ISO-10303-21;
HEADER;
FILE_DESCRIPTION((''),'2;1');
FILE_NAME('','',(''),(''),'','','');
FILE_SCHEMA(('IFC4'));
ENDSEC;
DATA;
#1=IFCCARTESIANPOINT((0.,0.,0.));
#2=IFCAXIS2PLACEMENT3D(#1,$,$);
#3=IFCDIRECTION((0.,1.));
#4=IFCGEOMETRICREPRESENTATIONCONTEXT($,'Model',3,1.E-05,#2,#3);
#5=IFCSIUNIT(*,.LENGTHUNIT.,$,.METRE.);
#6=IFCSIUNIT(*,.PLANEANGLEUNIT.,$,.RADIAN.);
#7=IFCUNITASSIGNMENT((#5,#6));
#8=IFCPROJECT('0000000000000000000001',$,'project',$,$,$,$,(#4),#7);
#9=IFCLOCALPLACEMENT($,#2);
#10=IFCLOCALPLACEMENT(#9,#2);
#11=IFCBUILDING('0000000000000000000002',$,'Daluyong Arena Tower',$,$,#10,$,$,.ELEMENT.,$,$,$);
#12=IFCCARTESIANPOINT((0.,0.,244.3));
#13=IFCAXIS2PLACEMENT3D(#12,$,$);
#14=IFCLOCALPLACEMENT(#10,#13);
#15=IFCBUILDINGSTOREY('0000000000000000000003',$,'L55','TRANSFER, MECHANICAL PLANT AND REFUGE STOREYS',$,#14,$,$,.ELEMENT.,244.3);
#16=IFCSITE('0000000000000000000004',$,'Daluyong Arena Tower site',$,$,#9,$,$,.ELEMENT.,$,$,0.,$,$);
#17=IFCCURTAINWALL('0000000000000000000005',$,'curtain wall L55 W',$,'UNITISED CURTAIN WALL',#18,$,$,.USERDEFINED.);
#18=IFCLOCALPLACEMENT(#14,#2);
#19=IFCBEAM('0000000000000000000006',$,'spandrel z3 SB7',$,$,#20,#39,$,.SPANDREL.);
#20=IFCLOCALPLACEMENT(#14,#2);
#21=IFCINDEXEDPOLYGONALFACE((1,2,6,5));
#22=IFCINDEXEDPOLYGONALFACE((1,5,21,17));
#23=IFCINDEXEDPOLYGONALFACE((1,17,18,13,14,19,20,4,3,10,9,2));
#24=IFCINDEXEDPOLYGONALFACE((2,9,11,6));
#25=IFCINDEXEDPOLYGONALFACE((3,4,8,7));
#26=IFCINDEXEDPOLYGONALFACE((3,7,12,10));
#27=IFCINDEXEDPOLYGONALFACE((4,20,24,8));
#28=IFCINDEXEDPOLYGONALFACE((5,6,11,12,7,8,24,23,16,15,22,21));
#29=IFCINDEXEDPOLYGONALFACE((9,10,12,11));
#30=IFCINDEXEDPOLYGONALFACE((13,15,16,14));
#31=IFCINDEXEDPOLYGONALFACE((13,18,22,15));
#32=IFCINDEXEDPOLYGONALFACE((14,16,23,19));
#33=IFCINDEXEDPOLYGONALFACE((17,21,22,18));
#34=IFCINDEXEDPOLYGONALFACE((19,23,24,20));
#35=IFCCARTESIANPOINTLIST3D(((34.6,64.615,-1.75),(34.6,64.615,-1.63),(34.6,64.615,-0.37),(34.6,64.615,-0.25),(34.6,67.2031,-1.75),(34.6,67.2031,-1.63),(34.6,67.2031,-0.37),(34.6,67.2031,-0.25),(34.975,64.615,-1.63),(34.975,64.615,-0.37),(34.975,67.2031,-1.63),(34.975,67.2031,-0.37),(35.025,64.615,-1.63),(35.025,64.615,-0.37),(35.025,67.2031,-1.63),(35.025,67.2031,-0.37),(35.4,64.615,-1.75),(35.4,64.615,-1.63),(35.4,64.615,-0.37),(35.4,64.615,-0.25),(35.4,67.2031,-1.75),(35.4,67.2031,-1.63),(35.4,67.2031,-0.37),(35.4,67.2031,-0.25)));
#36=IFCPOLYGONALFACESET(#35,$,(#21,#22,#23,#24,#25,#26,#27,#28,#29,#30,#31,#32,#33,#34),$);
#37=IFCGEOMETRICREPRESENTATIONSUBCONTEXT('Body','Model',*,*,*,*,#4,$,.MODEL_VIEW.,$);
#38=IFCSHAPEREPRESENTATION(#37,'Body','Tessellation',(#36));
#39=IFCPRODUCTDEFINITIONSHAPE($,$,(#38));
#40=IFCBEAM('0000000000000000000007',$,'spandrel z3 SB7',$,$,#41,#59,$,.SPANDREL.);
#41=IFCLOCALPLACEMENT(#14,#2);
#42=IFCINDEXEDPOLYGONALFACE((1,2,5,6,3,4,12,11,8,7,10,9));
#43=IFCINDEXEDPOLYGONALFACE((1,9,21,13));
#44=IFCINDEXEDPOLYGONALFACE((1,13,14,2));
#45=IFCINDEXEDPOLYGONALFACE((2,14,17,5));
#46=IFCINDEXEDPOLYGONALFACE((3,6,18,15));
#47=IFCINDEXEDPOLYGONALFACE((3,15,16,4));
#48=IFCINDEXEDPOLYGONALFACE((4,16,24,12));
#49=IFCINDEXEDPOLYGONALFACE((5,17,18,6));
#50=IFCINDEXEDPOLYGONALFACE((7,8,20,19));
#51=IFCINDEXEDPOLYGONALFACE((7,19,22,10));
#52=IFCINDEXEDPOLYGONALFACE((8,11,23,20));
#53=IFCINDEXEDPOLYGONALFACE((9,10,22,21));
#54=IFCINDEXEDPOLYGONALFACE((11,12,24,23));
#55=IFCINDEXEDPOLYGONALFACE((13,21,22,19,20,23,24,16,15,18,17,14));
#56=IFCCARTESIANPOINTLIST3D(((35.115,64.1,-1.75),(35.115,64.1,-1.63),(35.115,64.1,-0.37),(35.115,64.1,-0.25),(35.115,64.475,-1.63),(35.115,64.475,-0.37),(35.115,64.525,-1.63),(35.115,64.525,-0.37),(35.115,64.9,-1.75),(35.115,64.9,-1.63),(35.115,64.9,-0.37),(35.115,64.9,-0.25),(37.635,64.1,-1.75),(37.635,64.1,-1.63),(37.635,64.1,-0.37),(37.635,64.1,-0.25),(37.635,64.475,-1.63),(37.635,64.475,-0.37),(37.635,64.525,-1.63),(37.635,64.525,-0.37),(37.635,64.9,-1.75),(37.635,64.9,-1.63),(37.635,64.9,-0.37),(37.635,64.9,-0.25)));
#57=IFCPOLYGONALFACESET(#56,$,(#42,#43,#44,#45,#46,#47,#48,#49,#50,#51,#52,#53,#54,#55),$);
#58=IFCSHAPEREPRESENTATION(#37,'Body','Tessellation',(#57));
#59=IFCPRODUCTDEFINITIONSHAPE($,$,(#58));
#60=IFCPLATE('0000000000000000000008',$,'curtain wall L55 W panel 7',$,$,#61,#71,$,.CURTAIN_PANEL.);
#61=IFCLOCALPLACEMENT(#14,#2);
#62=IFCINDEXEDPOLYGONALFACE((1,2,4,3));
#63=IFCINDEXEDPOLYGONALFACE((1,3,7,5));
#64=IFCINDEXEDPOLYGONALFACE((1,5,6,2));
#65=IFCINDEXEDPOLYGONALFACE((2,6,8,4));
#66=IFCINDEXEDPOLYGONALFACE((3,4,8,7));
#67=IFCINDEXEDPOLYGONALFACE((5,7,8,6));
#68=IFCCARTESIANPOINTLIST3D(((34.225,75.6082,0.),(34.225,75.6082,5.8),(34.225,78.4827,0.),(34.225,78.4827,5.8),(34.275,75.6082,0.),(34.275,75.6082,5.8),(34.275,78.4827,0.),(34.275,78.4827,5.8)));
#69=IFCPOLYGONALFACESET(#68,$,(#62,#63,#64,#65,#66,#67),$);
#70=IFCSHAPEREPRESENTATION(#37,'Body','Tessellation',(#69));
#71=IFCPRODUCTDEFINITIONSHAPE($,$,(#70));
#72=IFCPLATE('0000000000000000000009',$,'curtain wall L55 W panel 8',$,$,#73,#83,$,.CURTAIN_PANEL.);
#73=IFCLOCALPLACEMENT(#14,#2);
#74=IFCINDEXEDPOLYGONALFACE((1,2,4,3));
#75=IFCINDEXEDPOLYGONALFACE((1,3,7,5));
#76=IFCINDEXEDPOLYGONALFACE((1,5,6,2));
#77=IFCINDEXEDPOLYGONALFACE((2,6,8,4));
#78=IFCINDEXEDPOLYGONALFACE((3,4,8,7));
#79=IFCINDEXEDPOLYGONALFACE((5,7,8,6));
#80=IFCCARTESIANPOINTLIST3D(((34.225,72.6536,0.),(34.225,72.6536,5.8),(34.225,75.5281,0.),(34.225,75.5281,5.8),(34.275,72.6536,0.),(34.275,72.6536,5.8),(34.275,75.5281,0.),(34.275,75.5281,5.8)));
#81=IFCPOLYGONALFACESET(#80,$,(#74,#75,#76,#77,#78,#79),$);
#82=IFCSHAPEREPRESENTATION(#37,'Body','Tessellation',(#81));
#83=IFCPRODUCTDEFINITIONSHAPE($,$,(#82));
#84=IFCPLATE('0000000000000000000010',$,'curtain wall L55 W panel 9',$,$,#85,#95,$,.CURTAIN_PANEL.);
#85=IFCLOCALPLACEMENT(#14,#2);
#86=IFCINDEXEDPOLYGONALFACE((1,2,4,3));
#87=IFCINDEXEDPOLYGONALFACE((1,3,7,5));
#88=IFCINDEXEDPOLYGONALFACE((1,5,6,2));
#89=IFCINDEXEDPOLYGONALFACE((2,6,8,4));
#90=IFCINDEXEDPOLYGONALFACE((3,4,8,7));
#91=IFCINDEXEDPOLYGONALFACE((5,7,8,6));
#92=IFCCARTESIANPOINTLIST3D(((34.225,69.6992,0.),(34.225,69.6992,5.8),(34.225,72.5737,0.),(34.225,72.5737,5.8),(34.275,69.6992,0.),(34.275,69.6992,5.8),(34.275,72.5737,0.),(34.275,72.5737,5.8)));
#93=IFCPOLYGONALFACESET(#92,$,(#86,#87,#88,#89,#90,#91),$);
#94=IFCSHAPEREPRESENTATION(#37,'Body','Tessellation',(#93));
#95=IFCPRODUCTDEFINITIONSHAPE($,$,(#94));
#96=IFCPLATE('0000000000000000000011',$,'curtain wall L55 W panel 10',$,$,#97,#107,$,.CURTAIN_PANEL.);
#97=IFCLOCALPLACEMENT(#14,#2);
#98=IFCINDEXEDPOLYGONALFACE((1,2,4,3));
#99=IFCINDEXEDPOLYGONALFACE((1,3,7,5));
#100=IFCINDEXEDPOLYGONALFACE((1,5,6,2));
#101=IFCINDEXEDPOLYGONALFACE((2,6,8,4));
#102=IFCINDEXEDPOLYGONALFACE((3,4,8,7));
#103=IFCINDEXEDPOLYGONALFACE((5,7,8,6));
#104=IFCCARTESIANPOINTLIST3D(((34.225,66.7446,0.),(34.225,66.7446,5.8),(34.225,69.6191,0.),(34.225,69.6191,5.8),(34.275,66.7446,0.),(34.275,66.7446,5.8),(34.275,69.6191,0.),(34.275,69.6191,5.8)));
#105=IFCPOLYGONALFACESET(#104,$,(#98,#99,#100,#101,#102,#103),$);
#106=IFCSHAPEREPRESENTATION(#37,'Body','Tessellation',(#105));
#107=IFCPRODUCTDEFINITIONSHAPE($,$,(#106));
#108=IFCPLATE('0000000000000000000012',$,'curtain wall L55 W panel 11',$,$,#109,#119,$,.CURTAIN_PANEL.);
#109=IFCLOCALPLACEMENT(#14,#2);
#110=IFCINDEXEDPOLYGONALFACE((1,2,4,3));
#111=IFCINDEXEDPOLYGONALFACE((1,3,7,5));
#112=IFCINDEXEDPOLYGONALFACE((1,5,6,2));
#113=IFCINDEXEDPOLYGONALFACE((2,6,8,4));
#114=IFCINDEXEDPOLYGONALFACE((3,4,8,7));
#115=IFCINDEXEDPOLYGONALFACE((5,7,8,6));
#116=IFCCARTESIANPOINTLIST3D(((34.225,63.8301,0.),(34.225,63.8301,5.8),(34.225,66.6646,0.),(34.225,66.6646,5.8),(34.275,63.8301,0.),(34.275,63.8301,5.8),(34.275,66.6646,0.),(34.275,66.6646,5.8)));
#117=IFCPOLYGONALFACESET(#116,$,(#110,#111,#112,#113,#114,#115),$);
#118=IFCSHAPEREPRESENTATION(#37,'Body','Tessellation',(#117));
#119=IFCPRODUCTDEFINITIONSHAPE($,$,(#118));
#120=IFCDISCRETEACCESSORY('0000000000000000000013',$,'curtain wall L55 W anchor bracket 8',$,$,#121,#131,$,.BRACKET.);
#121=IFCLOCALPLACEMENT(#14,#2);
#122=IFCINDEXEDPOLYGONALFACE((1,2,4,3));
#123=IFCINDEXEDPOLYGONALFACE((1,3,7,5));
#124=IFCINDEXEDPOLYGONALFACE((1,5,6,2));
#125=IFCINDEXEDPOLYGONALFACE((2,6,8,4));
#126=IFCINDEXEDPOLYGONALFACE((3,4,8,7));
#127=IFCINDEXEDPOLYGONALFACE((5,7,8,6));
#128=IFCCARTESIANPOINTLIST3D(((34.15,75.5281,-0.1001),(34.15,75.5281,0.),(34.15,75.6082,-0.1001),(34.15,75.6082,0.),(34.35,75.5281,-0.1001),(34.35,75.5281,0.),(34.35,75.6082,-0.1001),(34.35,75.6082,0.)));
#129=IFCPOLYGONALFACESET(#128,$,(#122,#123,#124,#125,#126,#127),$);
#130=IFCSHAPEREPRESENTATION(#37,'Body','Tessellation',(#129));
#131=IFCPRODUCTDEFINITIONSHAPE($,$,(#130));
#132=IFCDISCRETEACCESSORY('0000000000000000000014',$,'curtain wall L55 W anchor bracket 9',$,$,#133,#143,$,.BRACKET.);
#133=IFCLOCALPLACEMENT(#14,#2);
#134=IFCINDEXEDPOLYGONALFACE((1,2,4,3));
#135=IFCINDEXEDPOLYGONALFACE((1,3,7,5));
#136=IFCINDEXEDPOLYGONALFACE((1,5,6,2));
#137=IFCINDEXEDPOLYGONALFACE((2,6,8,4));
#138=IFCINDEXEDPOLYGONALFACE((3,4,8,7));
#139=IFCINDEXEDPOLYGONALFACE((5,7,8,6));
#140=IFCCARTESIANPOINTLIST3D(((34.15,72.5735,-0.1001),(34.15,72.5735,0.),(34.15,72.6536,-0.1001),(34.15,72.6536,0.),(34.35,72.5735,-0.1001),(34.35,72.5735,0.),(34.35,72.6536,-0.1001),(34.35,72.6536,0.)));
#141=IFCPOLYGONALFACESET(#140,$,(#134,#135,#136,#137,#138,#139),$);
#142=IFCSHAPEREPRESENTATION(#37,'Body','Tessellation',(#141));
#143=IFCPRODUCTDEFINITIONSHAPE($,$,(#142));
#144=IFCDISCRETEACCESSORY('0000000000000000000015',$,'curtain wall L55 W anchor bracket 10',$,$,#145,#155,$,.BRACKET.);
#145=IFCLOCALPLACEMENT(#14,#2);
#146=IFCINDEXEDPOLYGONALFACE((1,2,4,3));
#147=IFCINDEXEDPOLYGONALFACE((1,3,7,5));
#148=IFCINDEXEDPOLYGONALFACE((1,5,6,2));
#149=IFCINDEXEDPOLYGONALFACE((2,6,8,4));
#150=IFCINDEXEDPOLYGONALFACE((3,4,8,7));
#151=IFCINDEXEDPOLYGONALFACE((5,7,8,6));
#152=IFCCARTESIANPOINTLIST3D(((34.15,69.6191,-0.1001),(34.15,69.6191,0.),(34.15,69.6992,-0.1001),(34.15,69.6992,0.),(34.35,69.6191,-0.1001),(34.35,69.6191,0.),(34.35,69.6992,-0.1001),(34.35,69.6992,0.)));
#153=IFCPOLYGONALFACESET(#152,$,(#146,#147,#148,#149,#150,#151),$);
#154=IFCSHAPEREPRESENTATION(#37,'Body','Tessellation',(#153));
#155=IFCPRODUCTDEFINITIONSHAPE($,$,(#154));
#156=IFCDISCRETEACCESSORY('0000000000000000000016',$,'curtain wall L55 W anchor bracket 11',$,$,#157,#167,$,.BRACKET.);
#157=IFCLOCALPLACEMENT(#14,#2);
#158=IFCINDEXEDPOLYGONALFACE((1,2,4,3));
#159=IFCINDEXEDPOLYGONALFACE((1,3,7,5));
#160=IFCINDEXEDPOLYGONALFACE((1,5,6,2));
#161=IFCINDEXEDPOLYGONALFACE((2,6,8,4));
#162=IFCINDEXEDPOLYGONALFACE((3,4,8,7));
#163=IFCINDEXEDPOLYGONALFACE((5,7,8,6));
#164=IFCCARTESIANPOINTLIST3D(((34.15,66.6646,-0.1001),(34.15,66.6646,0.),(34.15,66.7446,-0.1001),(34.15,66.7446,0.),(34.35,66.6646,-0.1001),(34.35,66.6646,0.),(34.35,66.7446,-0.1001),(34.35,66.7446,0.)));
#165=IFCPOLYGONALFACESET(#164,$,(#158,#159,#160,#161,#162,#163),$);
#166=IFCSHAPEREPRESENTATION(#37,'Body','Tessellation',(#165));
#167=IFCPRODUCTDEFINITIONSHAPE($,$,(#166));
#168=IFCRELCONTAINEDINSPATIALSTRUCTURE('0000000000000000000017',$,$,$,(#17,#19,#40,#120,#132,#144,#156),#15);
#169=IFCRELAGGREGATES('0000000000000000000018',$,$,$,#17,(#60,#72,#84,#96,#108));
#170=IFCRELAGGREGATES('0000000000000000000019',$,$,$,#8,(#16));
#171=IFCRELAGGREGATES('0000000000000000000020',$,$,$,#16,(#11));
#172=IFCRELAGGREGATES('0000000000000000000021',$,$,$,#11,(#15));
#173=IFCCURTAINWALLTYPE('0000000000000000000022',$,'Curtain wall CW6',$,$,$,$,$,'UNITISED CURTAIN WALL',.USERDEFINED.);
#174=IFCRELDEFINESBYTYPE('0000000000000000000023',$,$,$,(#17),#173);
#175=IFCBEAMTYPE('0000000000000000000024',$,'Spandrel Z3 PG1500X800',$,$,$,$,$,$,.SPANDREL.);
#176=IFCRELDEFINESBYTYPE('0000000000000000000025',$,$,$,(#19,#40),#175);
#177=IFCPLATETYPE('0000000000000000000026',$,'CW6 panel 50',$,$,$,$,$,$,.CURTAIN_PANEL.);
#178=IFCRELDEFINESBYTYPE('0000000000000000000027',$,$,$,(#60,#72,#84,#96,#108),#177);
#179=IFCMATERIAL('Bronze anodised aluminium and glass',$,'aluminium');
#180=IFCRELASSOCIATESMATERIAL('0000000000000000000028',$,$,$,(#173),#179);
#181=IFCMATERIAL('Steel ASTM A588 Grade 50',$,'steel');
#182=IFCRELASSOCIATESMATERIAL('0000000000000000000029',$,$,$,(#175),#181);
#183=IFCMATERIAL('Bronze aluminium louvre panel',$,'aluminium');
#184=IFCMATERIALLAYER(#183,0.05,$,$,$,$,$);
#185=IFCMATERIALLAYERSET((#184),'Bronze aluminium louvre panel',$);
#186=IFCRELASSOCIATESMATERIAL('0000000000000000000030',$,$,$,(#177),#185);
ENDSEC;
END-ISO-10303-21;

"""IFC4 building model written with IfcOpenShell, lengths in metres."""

from ifc_helpers import new_model, si_unit, direction, frame, origin, origin_2d, place, context, subcontext, project, spatial, rectangle, i_section, extrude, material, layer, layer_set, material_profile, profile_set, type_object, element, aggregate, save


model = new_model("IFC4")

# Units and contexts
model_context = context("Model", 3, precision=1e-05, world=origin(), true_north=direction((0.0, 1.0)))
body_context = subcontext(model_context, "Body", "Model", "MODEL_VIEW")
ifc_project = project(units=[si_unit("LENGTHUNIT", "METRE"), si_unit("PLANEANGLEUNIT", "RADIAN")], contexts=[model_context])

# Site, building, storey
site_placement = place(None, origin())
site = spatial("IfcSite", under=ifc_project, at=site_placement, Name="Daluyong Arena Tower site", CompositionType="ELEMENT", RefElevation=0.0)
building_placement = place(site_placement, origin())
building = spatial("IfcBuilding", under=site, at=building_placement, Name="Daluyong Arena Tower", CompositionType="ELEMENT")
storey_placement = place(building_placement, frame((0.0, 0.0, 244.3)))
storey = spatial("IfcBuildingStorey", under=building, at=storey_placement, Name="L55", Description="TRANSFER, MECHANICAL PLANT AND REFUGE STOREYS", CompositionType="ELEMENT", Elevation=244.3)

# Curtain wall
ifc_material_1 = material(Name="Bronze anodised aluminium and glass", Category="aluminium")
curtain_wall_type = type_object("IfcCurtainWallType", Name="Curtain wall CW6", ElementType="UNITISED CURTAIN WALL", PredefinedType="USERDEFINED", material=ifc_material_1)
curtain_wall_1_placement = place(storey_placement, origin())
curtain_wall_1 = element("IfcCurtainWall", 1, at=curtain_wall_1_placement, inside=storey, type_object=curtain_wall_type, Name="curtain wall L55 W", ObjectType="UNITISED CURTAIN WALL", PredefinedType="USERDEFINED")

# Beams
ifc_material_2 = material(Name="Steel ASTM A588 Grade 50", Category="steel")
ifc_material_profile_1 = material_profile(ifc_material_2, i_section(OverallWidth=0.8, OverallDepth=1.5, WebThickness=0.05, FlangeThickness=0.12, at=origin_2d()))
ifc_profile_set_1 = profile_set([ifc_material_profile_1], Name="Steel ASTM A588 Grade 50")
beam_type_1 = type_object("IfcBeamType", Name="Spandrel Z3 PG1500X800", PredefinedType="SPANDREL", material=ifc_profile_set_1)
beam_1_placement = place(storey_placement, frame((35.0, 67.2031, -1.0), z_axis=(0.0, -1.0, 0.0), x_axis=(1.0, 0.0, 0.0)))
element("IfcBeam", 2, at=beam_1_placement, inside=storey, type_object=beam_type_1, Name="spandrel z3 SB7", PredefinedType="SPANDREL", context=body_context, shape_type="SweptSolid", body=[
    extrude(i_section(OverallWidth=0.8, OverallDepth=1.5, WebThickness=0.05, FlangeThickness=0.12, at=origin_2d()), origin(), (0.0, 0.0, 1.0), 2.5881),
])
beam_2_placement = place(storey_placement, frame((35.115, 64.5, -1.0), z_axis=(1.0, 0.0, 0.0), x_axis=(0.0, 1.0, 0.0)))
element("IfcBeam", 3, at=beam_2_placement, inside=storey, type_object=beam_type_1, Name="spandrel z3 SB7", PredefinedType="SPANDREL", context=body_context, shape_type="SweptSolid", body=[
    extrude(i_section(OverallWidth=0.8, OverallDepth=1.5, WebThickness=0.05, FlangeThickness=0.12, at=origin_2d()), origin(), (0.0, 0.0, 1.0), 2.52),
])

# Plates
ifc_material_3 = material(Name="Bronze aluminium louvre panel", Category="aluminium")
ifc_layer = layer(ifc_material_3, 0.05)
ifc_layer_set = layer_set([ifc_layer], Name="Bronze aluminium louvre panel")
plate_type = type_object("IfcPlateType", Name="CW6 panel 50", PredefinedType="CURTAIN_PANEL", material=ifc_layer_set)
plate_1_placement = place(storey_placement, frame((34.25, 77.0454, 0.0), z_axis=(0.0, 0.0, 1.0), x_axis=(0.0, -1.0, 0.0)))
plate_1 = element("IfcPlate", 4, at=plate_1_placement, type_object=plate_type, Name="curtain wall L55 W panel 7", PredefinedType="CURTAIN_PANEL", context=body_context, shape_type="SweptSolid", body=[
    extrude(rectangle(XDim=2.8745, YDim=0.05, at=origin_2d()), origin(), (0.0, 0.0, 1.0), 5.8),
])
plate_2_placement = place(storey_placement, frame((34.25, 74.0908, 0.0), z_axis=(0.0, 0.0, 1.0), x_axis=(0.0, -1.0, 0.0)))
plate_2 = element("IfcPlate", 5, at=plate_2_placement, type_object=plate_type, Name="curtain wall L55 W panel 8", PredefinedType="CURTAIN_PANEL", context=body_context, shape_type="SweptSolid", body=[
    extrude(rectangle(XDim=2.8745, YDim=0.05, at=origin_2d()), origin(), (0.0, 0.0, 1.0), 5.8),
])
plate_3_placement = place(storey_placement, frame((34.25, 71.1365, 0.0), z_axis=(0.0, 0.0, 1.0), x_axis=(0.0, -1.0, 0.0)))
plate_3 = element("IfcPlate", 6, at=plate_3_placement, type_object=plate_type, Name="curtain wall L55 W panel 9", PredefinedType="CURTAIN_PANEL", context=body_context, shape_type="SweptSolid", body=[
    extrude(rectangle(XDim=2.8745, YDim=0.05, at=origin_2d()), origin(), (0.0, 0.0, 1.0), 5.8),
])
plate_4_placement = place(storey_placement, frame((34.25, 68.1819, 0.0), z_axis=(0.0, 0.0, 1.0), x_axis=(0.0, -1.0, 0.0)))
plate_4 = element("IfcPlate", 7, at=plate_4_placement, type_object=plate_type, Name="curtain wall L55 W panel 10", PredefinedType="CURTAIN_PANEL", context=body_context, shape_type="SweptSolid", body=[
    extrude(rectangle(XDim=2.8745, YDim=0.05, at=origin_2d()), origin(), (0.0, 0.0, 1.0), 5.8),
])
plate_5_placement = place(storey_placement, frame((34.25, 65.2473, 0.0), z_axis=(0.0, 0.0, 1.0), x_axis=(0.0, -1.0, 0.0)))
plate_5 = element("IfcPlate", 8, at=plate_5_placement, type_object=plate_type, Name="curtain wall L55 W panel 11", PredefinedType="CURTAIN_PANEL", context=body_context, shape_type="SweptSolid", body=[
    extrude(rectangle(XDim=2.8345, YDim=0.05, at=origin_2d()), origin(), (0.0, 0.0, 1.0), 5.8),
])
aggregate(curtain_wall_1, [plate_1, plate_2, plate_3, plate_4, plate_5])

# Discrete accessories
for number, where, z_axis, x_axis, name in (
    (9, (34.25, 75.5681, -0.1001), (0.0, 0.0, 1.0), (0.0, -1.0, 0.0), "curtain wall L55 W anchor bracket 8"),
    (10, (34.25, 72.6135, -0.1001), (0.0, 0.0, 1.0), (0.0, -1.0, 0.0), "curtain wall L55 W anchor bracket 9"),
    (11, (34.25, 69.6592, -0.1001), (0.0, 0.0, 1.0), (0.0, -1.0, 0.0), "curtain wall L55 W anchor bracket 10"),
    (12, (34.25, 66.7046, -0.1001), (0.0, 0.0, 1.0), (0.0, -1.0, 0.0), "curtain wall L55 W anchor bracket 11"),
):
    element("IfcDiscreteAccessory", number, at=place(storey_placement, frame(where, z_axis=z_axis, x_axis=x_axis)), inside=storey, Name=name, PredefinedType="BRACKET", context=body_context, shape_type="SweptSolid", body=[
        extrude(rectangle(XDim=0.0801, YDim=0.2, at=origin_2d()), origin(), (0.0, 0.0, 1.0), 0.1001),
    ])

save(model, "model.ifc")
